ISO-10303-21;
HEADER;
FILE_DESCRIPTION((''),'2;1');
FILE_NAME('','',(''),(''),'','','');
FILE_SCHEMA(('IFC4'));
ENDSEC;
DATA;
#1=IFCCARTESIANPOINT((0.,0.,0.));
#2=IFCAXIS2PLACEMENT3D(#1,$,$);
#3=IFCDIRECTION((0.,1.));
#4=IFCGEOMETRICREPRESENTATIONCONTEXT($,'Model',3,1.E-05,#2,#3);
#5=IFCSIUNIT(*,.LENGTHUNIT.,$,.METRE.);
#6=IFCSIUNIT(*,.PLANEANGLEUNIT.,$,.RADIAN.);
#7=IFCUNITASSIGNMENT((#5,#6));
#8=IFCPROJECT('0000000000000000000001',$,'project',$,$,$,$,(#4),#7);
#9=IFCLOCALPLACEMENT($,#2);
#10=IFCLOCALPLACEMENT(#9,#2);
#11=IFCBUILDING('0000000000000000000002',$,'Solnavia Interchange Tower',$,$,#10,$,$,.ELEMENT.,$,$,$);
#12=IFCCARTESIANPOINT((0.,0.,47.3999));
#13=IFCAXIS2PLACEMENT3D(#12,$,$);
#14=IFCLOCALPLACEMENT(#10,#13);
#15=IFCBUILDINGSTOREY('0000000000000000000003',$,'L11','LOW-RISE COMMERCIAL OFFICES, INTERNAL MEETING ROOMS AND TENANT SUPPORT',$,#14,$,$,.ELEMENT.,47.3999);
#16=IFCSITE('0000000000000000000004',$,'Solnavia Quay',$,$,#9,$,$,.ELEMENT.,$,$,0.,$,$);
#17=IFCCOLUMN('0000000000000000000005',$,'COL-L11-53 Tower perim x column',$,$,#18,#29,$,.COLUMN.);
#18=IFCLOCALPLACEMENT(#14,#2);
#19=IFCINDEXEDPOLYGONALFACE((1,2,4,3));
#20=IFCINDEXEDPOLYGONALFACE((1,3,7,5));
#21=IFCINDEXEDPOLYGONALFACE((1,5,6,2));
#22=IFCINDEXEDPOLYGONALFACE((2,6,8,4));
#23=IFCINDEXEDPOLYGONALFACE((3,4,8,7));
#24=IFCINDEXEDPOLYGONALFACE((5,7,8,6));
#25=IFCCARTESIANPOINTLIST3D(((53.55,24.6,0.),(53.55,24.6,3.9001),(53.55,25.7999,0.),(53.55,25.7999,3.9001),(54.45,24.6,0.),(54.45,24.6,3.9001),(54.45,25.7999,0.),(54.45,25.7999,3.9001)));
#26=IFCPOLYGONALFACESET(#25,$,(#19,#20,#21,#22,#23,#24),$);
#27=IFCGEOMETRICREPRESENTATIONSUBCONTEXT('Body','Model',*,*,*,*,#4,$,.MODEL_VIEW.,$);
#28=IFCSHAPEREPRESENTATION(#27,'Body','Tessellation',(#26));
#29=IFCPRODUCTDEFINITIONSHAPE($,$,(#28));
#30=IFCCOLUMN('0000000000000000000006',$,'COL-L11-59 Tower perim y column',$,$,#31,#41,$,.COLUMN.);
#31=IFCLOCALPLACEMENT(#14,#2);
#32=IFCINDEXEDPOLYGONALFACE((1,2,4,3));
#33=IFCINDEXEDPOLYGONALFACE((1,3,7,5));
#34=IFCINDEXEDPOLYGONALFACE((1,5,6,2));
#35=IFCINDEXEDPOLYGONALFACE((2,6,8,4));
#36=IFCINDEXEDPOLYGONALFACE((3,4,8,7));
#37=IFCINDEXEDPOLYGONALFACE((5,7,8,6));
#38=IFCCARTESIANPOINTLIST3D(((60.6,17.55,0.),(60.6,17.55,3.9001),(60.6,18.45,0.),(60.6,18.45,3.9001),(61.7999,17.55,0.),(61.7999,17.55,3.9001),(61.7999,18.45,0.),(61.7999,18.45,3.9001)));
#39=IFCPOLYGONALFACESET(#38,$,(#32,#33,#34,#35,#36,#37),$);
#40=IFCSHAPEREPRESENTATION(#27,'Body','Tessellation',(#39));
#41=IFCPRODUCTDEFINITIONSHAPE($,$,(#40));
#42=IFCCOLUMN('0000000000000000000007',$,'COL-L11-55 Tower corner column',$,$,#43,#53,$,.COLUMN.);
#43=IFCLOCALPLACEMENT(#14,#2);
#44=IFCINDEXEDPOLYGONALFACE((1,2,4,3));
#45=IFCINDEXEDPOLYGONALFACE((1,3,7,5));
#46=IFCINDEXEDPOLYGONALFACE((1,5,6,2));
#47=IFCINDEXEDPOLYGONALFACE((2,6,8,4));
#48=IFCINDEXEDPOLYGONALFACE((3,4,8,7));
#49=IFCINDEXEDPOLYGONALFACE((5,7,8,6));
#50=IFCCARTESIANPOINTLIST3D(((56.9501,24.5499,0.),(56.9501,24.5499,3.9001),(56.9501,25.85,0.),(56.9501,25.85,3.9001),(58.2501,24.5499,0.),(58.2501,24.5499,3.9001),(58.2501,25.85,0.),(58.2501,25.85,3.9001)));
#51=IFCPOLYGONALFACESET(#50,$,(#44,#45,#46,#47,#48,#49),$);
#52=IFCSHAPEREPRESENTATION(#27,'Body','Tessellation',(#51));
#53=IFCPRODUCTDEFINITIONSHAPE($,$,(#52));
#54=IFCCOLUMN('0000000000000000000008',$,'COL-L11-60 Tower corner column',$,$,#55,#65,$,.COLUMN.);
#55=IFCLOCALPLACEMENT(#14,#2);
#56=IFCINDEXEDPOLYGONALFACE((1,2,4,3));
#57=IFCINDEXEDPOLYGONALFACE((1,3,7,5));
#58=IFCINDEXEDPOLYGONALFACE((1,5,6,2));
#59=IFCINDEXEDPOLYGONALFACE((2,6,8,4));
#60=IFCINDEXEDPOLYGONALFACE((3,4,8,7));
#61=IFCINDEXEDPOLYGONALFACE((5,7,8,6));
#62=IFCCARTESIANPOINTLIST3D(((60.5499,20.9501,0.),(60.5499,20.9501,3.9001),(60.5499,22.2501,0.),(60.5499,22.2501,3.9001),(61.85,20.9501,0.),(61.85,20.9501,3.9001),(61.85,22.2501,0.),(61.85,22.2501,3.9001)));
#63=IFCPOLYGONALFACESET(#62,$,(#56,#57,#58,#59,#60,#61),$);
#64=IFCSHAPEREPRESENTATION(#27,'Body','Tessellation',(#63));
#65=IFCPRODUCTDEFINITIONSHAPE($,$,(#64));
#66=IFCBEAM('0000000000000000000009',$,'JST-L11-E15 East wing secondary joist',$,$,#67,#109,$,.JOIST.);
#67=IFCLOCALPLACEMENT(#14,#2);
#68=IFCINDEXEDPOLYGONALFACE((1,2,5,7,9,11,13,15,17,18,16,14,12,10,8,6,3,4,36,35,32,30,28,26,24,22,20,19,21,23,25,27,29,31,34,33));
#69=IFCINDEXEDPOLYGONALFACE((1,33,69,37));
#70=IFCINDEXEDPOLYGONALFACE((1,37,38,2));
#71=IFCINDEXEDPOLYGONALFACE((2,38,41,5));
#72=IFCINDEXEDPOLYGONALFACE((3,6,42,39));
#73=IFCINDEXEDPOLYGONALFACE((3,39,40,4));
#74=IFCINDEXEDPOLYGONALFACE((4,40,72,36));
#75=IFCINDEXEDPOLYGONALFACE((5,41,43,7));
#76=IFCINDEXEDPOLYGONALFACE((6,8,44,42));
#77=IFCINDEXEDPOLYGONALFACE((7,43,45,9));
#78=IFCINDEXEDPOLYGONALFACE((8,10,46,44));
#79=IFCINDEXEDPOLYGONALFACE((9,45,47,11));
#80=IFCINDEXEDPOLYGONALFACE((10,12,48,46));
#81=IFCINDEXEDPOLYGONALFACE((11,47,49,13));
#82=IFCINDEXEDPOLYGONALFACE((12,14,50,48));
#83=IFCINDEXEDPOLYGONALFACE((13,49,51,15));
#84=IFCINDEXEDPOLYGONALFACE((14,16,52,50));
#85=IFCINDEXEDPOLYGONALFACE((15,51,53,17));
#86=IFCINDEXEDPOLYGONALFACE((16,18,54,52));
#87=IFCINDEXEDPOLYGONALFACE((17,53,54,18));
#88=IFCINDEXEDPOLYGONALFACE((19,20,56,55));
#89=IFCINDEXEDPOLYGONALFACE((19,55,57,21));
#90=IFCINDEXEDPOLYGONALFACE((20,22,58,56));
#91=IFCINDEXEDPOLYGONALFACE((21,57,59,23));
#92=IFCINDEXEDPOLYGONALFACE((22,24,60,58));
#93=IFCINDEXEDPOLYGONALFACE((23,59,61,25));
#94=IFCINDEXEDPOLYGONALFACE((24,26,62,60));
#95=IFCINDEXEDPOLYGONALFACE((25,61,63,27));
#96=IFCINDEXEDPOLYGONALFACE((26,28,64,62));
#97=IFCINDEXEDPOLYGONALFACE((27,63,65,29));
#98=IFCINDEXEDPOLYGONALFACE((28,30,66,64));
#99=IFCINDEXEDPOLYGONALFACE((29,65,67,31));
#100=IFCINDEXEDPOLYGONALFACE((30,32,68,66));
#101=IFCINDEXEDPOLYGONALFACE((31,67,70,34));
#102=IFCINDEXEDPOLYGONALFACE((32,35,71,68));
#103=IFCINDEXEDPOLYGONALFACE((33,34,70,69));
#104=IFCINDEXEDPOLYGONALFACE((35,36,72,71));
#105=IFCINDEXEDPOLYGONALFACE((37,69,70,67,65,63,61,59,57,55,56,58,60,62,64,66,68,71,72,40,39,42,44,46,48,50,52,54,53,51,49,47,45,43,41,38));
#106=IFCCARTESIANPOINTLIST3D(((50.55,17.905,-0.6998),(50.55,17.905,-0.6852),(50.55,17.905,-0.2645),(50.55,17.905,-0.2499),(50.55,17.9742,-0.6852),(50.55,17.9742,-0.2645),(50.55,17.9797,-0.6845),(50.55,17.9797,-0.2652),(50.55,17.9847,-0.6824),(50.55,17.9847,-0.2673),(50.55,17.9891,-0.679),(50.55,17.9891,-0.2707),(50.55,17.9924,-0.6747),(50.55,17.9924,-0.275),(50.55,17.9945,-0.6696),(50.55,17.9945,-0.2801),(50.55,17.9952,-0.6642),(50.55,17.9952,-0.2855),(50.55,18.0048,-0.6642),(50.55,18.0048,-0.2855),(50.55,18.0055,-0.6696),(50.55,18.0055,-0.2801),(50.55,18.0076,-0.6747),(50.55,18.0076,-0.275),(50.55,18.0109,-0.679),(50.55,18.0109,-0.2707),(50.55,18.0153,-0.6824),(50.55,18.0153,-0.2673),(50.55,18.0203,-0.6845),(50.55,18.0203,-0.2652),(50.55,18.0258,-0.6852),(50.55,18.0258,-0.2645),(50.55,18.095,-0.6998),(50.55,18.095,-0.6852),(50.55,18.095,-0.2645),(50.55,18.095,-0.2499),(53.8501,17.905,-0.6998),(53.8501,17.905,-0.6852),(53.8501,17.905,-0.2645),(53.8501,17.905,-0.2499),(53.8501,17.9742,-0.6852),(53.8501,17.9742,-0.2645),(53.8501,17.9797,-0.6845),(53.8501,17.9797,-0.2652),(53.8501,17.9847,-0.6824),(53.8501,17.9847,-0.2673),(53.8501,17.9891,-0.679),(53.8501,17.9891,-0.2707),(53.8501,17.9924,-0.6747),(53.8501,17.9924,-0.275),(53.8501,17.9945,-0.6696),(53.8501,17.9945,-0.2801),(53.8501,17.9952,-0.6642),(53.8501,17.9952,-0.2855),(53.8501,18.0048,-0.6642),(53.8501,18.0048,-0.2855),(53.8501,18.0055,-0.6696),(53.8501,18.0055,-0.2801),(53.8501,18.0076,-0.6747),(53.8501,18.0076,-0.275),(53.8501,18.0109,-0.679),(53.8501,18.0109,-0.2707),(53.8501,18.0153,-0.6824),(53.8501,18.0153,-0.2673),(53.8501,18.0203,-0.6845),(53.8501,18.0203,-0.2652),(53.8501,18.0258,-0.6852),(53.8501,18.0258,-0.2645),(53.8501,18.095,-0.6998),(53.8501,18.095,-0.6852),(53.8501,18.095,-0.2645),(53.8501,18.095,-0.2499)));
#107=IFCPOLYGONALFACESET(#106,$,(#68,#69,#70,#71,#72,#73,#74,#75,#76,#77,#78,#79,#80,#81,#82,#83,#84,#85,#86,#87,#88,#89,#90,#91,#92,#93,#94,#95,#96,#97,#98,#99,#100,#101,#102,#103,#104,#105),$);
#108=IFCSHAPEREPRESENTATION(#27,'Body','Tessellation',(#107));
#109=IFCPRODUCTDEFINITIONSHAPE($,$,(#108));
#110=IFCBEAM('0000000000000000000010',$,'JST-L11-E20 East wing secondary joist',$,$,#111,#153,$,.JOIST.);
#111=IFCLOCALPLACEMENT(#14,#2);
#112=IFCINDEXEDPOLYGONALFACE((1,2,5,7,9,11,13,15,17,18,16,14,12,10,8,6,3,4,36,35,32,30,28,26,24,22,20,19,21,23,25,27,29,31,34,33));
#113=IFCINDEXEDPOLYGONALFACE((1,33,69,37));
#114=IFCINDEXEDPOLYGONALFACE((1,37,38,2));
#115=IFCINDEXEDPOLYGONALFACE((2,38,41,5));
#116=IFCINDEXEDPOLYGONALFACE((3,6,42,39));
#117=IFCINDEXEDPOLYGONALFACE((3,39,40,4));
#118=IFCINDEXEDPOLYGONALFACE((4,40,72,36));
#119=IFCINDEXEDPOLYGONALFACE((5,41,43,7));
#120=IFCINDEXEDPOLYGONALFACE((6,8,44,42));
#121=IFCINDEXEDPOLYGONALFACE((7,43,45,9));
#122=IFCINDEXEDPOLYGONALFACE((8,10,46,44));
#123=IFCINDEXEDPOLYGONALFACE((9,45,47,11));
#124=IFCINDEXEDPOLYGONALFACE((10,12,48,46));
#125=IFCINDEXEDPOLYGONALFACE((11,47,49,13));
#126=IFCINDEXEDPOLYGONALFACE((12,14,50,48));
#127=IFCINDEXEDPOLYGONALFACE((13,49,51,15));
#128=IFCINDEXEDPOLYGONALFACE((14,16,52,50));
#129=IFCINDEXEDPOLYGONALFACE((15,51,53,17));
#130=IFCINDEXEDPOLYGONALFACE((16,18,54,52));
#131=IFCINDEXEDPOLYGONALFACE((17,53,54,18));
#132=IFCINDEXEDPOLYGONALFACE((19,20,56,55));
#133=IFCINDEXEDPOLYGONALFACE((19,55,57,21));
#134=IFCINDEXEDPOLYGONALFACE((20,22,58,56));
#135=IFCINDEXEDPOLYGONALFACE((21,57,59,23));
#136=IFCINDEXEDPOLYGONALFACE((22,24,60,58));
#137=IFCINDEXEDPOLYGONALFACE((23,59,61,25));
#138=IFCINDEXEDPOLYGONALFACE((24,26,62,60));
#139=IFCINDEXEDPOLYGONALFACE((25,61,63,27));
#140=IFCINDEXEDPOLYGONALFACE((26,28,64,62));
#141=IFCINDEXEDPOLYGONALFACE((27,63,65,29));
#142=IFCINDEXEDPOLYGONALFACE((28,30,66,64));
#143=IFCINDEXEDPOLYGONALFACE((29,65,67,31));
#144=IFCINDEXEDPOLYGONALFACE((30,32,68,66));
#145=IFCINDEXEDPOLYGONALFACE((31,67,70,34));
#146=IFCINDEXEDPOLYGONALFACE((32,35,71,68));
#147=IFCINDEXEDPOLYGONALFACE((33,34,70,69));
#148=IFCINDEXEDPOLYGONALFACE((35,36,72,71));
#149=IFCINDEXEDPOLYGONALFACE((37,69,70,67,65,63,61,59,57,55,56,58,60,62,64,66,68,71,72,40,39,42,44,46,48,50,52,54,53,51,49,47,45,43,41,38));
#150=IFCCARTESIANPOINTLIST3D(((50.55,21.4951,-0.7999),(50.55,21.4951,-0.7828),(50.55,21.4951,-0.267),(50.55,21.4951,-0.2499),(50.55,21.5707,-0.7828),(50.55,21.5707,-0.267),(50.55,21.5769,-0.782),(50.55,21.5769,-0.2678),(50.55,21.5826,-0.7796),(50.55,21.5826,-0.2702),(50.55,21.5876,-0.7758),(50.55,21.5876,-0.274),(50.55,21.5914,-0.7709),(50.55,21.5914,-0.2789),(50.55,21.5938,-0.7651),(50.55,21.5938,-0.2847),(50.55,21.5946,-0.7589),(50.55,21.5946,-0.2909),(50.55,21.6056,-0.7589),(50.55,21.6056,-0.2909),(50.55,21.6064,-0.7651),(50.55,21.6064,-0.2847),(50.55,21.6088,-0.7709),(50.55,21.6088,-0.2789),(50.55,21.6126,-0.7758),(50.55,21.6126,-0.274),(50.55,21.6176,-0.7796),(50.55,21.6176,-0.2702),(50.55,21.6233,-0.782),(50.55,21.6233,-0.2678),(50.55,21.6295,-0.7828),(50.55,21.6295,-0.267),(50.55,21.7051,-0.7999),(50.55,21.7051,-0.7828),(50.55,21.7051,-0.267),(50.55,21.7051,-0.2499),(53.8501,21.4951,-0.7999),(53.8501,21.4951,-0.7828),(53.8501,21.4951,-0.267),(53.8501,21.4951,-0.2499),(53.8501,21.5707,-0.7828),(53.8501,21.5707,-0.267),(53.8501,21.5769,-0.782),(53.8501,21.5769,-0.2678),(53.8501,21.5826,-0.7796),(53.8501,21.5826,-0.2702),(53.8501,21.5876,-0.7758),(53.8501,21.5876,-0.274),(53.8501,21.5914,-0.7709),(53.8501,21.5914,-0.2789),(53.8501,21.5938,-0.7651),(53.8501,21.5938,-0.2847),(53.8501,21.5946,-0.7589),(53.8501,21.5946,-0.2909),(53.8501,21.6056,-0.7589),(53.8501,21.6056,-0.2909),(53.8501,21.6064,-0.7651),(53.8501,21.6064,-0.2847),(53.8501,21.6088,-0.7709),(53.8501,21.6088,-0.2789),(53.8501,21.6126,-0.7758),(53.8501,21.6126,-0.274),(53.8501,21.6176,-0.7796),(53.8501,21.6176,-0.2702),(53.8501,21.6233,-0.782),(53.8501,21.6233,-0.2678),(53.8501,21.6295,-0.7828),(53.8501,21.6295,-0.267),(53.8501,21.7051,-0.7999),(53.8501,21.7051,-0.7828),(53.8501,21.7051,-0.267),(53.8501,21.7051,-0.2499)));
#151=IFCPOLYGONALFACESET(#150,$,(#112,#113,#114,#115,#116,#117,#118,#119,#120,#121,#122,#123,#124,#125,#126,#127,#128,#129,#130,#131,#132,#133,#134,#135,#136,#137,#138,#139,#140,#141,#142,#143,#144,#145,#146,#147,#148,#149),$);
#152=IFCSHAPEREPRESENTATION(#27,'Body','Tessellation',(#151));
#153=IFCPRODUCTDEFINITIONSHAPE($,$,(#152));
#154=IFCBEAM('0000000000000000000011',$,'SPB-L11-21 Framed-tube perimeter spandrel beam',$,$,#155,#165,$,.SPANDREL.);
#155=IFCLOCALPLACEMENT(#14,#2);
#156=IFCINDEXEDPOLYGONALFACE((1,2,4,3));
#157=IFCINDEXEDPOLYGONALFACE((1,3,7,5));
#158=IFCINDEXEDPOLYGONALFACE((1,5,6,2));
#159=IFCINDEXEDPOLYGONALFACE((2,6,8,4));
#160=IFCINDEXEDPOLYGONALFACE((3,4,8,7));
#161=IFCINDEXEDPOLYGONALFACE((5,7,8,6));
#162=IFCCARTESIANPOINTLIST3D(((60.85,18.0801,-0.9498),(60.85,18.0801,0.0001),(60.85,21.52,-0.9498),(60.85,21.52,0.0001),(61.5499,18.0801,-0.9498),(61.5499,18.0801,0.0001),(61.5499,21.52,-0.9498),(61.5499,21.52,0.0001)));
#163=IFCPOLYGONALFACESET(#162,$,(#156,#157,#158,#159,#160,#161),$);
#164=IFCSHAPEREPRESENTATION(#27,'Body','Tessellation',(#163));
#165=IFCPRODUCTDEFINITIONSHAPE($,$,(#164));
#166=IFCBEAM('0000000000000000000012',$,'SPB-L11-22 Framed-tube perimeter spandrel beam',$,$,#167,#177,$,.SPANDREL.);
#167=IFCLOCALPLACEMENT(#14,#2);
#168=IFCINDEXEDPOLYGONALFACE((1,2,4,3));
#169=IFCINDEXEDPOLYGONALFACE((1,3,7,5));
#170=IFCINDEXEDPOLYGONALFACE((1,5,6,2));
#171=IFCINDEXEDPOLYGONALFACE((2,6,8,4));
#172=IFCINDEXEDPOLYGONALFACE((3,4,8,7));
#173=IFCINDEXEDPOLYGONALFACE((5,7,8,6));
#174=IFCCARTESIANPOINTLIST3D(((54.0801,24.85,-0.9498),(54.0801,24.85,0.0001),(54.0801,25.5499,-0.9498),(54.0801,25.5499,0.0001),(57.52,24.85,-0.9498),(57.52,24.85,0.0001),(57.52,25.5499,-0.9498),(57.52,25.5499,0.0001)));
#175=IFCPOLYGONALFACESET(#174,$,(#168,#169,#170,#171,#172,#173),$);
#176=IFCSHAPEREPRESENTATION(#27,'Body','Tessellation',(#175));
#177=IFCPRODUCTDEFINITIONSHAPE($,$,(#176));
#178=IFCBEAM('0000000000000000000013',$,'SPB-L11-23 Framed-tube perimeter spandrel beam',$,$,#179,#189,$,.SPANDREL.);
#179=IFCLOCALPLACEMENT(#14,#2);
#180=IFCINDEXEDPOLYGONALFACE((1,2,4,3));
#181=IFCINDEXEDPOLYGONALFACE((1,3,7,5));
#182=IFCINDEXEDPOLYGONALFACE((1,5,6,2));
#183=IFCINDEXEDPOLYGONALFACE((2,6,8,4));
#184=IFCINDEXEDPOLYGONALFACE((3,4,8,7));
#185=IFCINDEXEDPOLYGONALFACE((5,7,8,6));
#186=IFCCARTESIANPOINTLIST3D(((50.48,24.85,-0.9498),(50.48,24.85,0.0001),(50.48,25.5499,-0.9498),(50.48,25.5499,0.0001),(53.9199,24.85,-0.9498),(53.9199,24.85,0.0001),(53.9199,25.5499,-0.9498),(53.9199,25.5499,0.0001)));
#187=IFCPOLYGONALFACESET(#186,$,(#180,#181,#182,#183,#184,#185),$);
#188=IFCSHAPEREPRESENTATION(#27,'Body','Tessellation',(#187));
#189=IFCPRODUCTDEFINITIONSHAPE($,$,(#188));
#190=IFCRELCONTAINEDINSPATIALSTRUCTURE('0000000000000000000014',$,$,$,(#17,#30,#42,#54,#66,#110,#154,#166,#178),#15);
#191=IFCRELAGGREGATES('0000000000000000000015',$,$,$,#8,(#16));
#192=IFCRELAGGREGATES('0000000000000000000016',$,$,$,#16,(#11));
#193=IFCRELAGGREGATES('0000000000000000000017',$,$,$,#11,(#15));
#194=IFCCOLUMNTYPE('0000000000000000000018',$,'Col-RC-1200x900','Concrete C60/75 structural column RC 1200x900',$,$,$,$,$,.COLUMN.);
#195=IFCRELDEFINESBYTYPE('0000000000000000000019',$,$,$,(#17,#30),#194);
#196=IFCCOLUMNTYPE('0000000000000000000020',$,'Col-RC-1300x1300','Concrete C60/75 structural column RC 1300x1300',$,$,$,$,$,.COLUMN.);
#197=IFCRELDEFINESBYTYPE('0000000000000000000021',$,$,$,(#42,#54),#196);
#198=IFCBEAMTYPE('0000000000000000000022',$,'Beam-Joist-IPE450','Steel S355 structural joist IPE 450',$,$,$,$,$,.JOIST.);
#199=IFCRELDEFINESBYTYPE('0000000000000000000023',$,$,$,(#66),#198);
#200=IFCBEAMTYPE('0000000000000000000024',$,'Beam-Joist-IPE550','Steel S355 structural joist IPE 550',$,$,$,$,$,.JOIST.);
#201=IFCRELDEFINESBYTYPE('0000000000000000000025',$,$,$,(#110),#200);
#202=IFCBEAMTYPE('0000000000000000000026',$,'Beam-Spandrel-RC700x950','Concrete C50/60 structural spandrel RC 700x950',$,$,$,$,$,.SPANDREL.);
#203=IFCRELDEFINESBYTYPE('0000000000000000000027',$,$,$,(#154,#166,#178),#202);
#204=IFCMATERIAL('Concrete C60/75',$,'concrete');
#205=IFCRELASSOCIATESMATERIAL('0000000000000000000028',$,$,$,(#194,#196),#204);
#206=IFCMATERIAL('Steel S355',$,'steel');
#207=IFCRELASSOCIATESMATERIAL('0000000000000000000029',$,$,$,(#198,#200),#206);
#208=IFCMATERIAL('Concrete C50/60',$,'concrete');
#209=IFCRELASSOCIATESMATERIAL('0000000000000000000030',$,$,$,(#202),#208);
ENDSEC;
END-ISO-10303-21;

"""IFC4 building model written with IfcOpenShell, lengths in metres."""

from ifc_helpers import new_model, si_unit, direction, frame, origin, origin_2d, place, context, subcontext, project, spatial, rectangle, i_section, extrude, material, material_profile, profile_set, type_object, element, save


model = new_model("IFC4")

# Units and contexts
model_context = context("Model", 3, precision=1e-05, world=origin(), true_north=direction((0.0, 1.0)))
body_context = subcontext(model_context, "Body", "Model", "MODEL_VIEW")
ifc_project = project(units=[si_unit("LENGTHUNIT", "METRE"), si_unit("PLANEANGLEUNIT", "RADIAN")], contexts=[model_context])

# Site, building, storey
site_placement = place(None, origin())
site = spatial("IfcSite", under=ifc_project, at=site_placement, Name="Solnavia Quay", CompositionType="ELEMENT", RefElevation=0.0)
building_placement = place(site_placement, origin())
building = spatial("IfcBuilding", under=site, at=building_placement, Name="Solnavia Interchange Tower", CompositionType="ELEMENT")
storey_placement = place(building_placement, frame((0.0, 0.0, 47.3999)))
storey = spatial("IfcBuildingStorey", under=building, at=storey_placement, Name="L11", Description="LOW-RISE COMMERCIAL OFFICES, INTERNAL MEETING ROOMS AND TENANT SUPPORT", CompositionType="ELEMENT", Elevation=47.3999)

# Columns
ifc_material_1 = material(Name="Concrete C60/75", Category="concrete")
ifc_material_profile_1 = material_profile(ifc_material_1, rectangle(XDim=0.8999, YDim=1.2, at=origin_2d()), Name="RC 1200x900")
ifc_profile_set_1 = profile_set([ifc_material_profile_1], Name="Concrete C60/75")
column_type_1 = type_object("IfcColumnType", Name="Col-RC-1200x900", Description="Concrete C60/75 structural column RC 1200x900", PredefinedType="COLUMN", material=ifc_profile_set_1)
for number, where, z_axis, x_axis, name in (
    (1, (54.0, 25.2, 0.0), (0.0, 0.0, 1.0), (1.0, 0.0, 0.0), "COL-L11-53 Tower perim x column"),
    (2, (61.2, 18.0, 0.0), (0.0, 0.0, 1.0), (0.0, 1.0, 0.0), "COL-L11-59 Tower perim y column"),
):
    element("IfcColumn", number, at=place(storey_placement, frame(where, z_axis=z_axis, x_axis=x_axis)), inside=storey, type_object=column_type_1, Name=name, PredefinedType="COLUMN", context=body_context, shape_type="SweptSolid", body=[
        extrude(rectangle(XDim=0.8999, YDim=1.2, at=origin_2d()), origin(), (0.0, 0.0, 1.0), 3.9001),
    ])
ifc_material_profile_2 = material_profile(ifc_material_1, rectangle(XDim=1.3, YDim=1.3, at=origin_2d()), Name="RC 1300x1300")
ifc_profile_set_2 = profile_set([ifc_material_profile_2], Name="Concrete C60/75")
column_type_2 = type_object("IfcColumnType", Name="Col-RC-1300x1300", Description="Concrete C60/75 structural column RC 1300x1300", PredefinedType="COLUMN", material=ifc_profile_set_2)
for number, where, z_axis, x_axis, name in (
    (3, (57.6001, 25.2, 0.0), (0.0, 0.0, 1.0), (1.0, 0.0, 0.0), "COL-L11-55 Tower corner column"),
    (4, (61.2, 21.6001, 0.0), (0.0, 0.0, 1.0), (0.0, 1.0, 0.0), "COL-L11-60 Tower corner column"),
):
    element("IfcColumn", number, at=place(storey_placement, frame(where, z_axis=z_axis, x_axis=x_axis)), inside=storey, type_object=column_type_2, Name=name, PredefinedType="COLUMN", context=body_context, shape_type="SweptSolid", body=[
        extrude(rectangle(XDim=1.3, YDim=1.3, at=origin_2d()), origin(), (0.0, 0.0, 1.0), 3.9001),
    ])

# Beams
ifc_material_2 = material(Name="Steel S355", Category="steel")
ifc_material_profile_3 = material_profile(ifc_material_2, i_section(OverallWidth=0.1899, OverallDepth=0.45, WebThickness=0.0095, FlangeThickness=0.0146, FilletRadius=0.021, at=origin_2d()), Name="IPE 450")
ifc_profile_set_3 = profile_set([ifc_material_profile_3], Name="Steel S355")
beam_type_1 = type_object("IfcBeamType", Name="Beam-Joist-IPE450", Description="Steel S355 structural joist IPE 450", PredefinedType="JOIST", material=ifc_profile_set_3)
beam_1_placement = place(storey_placement, frame((50.55, 18.0, -0.4749), z_axis=(1.0, 0.0, 0.0), x_axis=(0.0, 1.0, 0.0)))
element("IfcBeam", 5, at=beam_1_placement, inside=storey, type_object=beam_type_1, Name="JST-L11-E15 East wing secondary joist", PredefinedType="JOIST", context=body_context, shape_type="SweptSolid", body=[
    extrude(i_section(OverallWidth=0.1899, OverallDepth=0.45, WebThickness=0.0095, FlangeThickness=0.0146, FilletRadius=0.021, at=origin_2d()), origin(), (0.0, 0.0, 1.0), 3.3),
])
ifc_material_profile_4 = material_profile(ifc_material_2, i_section(OverallWidth=0.21, OverallDepth=0.55, WebThickness=0.011, FlangeThickness=0.0171, FilletRadius=0.0239, at=origin_2d()), Name="IPE 550")
ifc_profile_set_4 = profile_set([ifc_material_profile_4], Name="Steel S355")
beam_type_2 = type_object("IfcBeamType", Name="Beam-Joist-IPE550", Description="Steel S355 structural joist IPE 550", PredefinedType="JOIST", material=ifc_profile_set_4)
beam_2_placement = place(storey_placement, frame((50.55, 21.6001, -0.5249), z_axis=(1.0, 0.0, 0.0), x_axis=(0.0, 1.0, 0.0)))
element("IfcBeam", 6, at=beam_2_placement, inside=storey, type_object=beam_type_2, Name="JST-L11-E20 East wing secondary joist", PredefinedType="JOIST", context=body_context, shape_type="SweptSolid", body=[
    extrude(i_section(OverallWidth=0.21, OverallDepth=0.55, WebThickness=0.011, FlangeThickness=0.0171, FilletRadius=0.0239, at=origin_2d()), origin(), (0.0, 0.0, 1.0), 3.3),
])
ifc_material_3 = material(Name="Concrete C50/60", Category="concrete")
ifc_material_profile_5 = material_profile(ifc_material_3, rectangle(XDim=0.7, YDim=0.95, at=origin_2d()), Name="RC 700x950")
ifc_profile_set_5 = profile_set([ifc_material_profile_5], Name="Concrete C50/60")
beam_type_3 = type_object("IfcBeamType", Name="Beam-Spandrel-RC700x950", Description="Concrete C50/60 structural spandrel RC 700x950", PredefinedType="SPANDREL", material=ifc_profile_set_5)
for number, where, z_axis, x_axis, name in (
    (7, (61.2, 18.0801, -0.4749), (0.0, 1.0, 0.0), (-1.0, 0.0, 0.0), "SPB-L11-21 Framed-tube perimeter spandrel beam"),
    (8, (57.52, 25.2, -0.4749), (-1.0, 0.0, 0.0), (0.0, -1.0, 0.0), "SPB-L11-22 Framed-tube perimeter spandrel beam"),
    (9, (53.9199, 25.2, -0.4749), (-1.0, 0.0, 0.0), (0.0, -1.0, 0.0), "SPB-L11-23 Framed-tube perimeter spandrel beam"),
):
    element("IfcBeam", number, at=place(storey_placement, frame(where, z_axis=z_axis, x_axis=x_axis)), inside=storey, type_object=beam_type_3, Name=name, PredefinedType="SPANDREL", context=body_context, shape_type="SweptSolid", body=[
        extrude(rectangle(XDim=0.7, YDim=0.95, at=origin_2d()), origin(), (0.0, 0.0, 1.0), 3.4399),
    ])

save(model, "model.ifc")
